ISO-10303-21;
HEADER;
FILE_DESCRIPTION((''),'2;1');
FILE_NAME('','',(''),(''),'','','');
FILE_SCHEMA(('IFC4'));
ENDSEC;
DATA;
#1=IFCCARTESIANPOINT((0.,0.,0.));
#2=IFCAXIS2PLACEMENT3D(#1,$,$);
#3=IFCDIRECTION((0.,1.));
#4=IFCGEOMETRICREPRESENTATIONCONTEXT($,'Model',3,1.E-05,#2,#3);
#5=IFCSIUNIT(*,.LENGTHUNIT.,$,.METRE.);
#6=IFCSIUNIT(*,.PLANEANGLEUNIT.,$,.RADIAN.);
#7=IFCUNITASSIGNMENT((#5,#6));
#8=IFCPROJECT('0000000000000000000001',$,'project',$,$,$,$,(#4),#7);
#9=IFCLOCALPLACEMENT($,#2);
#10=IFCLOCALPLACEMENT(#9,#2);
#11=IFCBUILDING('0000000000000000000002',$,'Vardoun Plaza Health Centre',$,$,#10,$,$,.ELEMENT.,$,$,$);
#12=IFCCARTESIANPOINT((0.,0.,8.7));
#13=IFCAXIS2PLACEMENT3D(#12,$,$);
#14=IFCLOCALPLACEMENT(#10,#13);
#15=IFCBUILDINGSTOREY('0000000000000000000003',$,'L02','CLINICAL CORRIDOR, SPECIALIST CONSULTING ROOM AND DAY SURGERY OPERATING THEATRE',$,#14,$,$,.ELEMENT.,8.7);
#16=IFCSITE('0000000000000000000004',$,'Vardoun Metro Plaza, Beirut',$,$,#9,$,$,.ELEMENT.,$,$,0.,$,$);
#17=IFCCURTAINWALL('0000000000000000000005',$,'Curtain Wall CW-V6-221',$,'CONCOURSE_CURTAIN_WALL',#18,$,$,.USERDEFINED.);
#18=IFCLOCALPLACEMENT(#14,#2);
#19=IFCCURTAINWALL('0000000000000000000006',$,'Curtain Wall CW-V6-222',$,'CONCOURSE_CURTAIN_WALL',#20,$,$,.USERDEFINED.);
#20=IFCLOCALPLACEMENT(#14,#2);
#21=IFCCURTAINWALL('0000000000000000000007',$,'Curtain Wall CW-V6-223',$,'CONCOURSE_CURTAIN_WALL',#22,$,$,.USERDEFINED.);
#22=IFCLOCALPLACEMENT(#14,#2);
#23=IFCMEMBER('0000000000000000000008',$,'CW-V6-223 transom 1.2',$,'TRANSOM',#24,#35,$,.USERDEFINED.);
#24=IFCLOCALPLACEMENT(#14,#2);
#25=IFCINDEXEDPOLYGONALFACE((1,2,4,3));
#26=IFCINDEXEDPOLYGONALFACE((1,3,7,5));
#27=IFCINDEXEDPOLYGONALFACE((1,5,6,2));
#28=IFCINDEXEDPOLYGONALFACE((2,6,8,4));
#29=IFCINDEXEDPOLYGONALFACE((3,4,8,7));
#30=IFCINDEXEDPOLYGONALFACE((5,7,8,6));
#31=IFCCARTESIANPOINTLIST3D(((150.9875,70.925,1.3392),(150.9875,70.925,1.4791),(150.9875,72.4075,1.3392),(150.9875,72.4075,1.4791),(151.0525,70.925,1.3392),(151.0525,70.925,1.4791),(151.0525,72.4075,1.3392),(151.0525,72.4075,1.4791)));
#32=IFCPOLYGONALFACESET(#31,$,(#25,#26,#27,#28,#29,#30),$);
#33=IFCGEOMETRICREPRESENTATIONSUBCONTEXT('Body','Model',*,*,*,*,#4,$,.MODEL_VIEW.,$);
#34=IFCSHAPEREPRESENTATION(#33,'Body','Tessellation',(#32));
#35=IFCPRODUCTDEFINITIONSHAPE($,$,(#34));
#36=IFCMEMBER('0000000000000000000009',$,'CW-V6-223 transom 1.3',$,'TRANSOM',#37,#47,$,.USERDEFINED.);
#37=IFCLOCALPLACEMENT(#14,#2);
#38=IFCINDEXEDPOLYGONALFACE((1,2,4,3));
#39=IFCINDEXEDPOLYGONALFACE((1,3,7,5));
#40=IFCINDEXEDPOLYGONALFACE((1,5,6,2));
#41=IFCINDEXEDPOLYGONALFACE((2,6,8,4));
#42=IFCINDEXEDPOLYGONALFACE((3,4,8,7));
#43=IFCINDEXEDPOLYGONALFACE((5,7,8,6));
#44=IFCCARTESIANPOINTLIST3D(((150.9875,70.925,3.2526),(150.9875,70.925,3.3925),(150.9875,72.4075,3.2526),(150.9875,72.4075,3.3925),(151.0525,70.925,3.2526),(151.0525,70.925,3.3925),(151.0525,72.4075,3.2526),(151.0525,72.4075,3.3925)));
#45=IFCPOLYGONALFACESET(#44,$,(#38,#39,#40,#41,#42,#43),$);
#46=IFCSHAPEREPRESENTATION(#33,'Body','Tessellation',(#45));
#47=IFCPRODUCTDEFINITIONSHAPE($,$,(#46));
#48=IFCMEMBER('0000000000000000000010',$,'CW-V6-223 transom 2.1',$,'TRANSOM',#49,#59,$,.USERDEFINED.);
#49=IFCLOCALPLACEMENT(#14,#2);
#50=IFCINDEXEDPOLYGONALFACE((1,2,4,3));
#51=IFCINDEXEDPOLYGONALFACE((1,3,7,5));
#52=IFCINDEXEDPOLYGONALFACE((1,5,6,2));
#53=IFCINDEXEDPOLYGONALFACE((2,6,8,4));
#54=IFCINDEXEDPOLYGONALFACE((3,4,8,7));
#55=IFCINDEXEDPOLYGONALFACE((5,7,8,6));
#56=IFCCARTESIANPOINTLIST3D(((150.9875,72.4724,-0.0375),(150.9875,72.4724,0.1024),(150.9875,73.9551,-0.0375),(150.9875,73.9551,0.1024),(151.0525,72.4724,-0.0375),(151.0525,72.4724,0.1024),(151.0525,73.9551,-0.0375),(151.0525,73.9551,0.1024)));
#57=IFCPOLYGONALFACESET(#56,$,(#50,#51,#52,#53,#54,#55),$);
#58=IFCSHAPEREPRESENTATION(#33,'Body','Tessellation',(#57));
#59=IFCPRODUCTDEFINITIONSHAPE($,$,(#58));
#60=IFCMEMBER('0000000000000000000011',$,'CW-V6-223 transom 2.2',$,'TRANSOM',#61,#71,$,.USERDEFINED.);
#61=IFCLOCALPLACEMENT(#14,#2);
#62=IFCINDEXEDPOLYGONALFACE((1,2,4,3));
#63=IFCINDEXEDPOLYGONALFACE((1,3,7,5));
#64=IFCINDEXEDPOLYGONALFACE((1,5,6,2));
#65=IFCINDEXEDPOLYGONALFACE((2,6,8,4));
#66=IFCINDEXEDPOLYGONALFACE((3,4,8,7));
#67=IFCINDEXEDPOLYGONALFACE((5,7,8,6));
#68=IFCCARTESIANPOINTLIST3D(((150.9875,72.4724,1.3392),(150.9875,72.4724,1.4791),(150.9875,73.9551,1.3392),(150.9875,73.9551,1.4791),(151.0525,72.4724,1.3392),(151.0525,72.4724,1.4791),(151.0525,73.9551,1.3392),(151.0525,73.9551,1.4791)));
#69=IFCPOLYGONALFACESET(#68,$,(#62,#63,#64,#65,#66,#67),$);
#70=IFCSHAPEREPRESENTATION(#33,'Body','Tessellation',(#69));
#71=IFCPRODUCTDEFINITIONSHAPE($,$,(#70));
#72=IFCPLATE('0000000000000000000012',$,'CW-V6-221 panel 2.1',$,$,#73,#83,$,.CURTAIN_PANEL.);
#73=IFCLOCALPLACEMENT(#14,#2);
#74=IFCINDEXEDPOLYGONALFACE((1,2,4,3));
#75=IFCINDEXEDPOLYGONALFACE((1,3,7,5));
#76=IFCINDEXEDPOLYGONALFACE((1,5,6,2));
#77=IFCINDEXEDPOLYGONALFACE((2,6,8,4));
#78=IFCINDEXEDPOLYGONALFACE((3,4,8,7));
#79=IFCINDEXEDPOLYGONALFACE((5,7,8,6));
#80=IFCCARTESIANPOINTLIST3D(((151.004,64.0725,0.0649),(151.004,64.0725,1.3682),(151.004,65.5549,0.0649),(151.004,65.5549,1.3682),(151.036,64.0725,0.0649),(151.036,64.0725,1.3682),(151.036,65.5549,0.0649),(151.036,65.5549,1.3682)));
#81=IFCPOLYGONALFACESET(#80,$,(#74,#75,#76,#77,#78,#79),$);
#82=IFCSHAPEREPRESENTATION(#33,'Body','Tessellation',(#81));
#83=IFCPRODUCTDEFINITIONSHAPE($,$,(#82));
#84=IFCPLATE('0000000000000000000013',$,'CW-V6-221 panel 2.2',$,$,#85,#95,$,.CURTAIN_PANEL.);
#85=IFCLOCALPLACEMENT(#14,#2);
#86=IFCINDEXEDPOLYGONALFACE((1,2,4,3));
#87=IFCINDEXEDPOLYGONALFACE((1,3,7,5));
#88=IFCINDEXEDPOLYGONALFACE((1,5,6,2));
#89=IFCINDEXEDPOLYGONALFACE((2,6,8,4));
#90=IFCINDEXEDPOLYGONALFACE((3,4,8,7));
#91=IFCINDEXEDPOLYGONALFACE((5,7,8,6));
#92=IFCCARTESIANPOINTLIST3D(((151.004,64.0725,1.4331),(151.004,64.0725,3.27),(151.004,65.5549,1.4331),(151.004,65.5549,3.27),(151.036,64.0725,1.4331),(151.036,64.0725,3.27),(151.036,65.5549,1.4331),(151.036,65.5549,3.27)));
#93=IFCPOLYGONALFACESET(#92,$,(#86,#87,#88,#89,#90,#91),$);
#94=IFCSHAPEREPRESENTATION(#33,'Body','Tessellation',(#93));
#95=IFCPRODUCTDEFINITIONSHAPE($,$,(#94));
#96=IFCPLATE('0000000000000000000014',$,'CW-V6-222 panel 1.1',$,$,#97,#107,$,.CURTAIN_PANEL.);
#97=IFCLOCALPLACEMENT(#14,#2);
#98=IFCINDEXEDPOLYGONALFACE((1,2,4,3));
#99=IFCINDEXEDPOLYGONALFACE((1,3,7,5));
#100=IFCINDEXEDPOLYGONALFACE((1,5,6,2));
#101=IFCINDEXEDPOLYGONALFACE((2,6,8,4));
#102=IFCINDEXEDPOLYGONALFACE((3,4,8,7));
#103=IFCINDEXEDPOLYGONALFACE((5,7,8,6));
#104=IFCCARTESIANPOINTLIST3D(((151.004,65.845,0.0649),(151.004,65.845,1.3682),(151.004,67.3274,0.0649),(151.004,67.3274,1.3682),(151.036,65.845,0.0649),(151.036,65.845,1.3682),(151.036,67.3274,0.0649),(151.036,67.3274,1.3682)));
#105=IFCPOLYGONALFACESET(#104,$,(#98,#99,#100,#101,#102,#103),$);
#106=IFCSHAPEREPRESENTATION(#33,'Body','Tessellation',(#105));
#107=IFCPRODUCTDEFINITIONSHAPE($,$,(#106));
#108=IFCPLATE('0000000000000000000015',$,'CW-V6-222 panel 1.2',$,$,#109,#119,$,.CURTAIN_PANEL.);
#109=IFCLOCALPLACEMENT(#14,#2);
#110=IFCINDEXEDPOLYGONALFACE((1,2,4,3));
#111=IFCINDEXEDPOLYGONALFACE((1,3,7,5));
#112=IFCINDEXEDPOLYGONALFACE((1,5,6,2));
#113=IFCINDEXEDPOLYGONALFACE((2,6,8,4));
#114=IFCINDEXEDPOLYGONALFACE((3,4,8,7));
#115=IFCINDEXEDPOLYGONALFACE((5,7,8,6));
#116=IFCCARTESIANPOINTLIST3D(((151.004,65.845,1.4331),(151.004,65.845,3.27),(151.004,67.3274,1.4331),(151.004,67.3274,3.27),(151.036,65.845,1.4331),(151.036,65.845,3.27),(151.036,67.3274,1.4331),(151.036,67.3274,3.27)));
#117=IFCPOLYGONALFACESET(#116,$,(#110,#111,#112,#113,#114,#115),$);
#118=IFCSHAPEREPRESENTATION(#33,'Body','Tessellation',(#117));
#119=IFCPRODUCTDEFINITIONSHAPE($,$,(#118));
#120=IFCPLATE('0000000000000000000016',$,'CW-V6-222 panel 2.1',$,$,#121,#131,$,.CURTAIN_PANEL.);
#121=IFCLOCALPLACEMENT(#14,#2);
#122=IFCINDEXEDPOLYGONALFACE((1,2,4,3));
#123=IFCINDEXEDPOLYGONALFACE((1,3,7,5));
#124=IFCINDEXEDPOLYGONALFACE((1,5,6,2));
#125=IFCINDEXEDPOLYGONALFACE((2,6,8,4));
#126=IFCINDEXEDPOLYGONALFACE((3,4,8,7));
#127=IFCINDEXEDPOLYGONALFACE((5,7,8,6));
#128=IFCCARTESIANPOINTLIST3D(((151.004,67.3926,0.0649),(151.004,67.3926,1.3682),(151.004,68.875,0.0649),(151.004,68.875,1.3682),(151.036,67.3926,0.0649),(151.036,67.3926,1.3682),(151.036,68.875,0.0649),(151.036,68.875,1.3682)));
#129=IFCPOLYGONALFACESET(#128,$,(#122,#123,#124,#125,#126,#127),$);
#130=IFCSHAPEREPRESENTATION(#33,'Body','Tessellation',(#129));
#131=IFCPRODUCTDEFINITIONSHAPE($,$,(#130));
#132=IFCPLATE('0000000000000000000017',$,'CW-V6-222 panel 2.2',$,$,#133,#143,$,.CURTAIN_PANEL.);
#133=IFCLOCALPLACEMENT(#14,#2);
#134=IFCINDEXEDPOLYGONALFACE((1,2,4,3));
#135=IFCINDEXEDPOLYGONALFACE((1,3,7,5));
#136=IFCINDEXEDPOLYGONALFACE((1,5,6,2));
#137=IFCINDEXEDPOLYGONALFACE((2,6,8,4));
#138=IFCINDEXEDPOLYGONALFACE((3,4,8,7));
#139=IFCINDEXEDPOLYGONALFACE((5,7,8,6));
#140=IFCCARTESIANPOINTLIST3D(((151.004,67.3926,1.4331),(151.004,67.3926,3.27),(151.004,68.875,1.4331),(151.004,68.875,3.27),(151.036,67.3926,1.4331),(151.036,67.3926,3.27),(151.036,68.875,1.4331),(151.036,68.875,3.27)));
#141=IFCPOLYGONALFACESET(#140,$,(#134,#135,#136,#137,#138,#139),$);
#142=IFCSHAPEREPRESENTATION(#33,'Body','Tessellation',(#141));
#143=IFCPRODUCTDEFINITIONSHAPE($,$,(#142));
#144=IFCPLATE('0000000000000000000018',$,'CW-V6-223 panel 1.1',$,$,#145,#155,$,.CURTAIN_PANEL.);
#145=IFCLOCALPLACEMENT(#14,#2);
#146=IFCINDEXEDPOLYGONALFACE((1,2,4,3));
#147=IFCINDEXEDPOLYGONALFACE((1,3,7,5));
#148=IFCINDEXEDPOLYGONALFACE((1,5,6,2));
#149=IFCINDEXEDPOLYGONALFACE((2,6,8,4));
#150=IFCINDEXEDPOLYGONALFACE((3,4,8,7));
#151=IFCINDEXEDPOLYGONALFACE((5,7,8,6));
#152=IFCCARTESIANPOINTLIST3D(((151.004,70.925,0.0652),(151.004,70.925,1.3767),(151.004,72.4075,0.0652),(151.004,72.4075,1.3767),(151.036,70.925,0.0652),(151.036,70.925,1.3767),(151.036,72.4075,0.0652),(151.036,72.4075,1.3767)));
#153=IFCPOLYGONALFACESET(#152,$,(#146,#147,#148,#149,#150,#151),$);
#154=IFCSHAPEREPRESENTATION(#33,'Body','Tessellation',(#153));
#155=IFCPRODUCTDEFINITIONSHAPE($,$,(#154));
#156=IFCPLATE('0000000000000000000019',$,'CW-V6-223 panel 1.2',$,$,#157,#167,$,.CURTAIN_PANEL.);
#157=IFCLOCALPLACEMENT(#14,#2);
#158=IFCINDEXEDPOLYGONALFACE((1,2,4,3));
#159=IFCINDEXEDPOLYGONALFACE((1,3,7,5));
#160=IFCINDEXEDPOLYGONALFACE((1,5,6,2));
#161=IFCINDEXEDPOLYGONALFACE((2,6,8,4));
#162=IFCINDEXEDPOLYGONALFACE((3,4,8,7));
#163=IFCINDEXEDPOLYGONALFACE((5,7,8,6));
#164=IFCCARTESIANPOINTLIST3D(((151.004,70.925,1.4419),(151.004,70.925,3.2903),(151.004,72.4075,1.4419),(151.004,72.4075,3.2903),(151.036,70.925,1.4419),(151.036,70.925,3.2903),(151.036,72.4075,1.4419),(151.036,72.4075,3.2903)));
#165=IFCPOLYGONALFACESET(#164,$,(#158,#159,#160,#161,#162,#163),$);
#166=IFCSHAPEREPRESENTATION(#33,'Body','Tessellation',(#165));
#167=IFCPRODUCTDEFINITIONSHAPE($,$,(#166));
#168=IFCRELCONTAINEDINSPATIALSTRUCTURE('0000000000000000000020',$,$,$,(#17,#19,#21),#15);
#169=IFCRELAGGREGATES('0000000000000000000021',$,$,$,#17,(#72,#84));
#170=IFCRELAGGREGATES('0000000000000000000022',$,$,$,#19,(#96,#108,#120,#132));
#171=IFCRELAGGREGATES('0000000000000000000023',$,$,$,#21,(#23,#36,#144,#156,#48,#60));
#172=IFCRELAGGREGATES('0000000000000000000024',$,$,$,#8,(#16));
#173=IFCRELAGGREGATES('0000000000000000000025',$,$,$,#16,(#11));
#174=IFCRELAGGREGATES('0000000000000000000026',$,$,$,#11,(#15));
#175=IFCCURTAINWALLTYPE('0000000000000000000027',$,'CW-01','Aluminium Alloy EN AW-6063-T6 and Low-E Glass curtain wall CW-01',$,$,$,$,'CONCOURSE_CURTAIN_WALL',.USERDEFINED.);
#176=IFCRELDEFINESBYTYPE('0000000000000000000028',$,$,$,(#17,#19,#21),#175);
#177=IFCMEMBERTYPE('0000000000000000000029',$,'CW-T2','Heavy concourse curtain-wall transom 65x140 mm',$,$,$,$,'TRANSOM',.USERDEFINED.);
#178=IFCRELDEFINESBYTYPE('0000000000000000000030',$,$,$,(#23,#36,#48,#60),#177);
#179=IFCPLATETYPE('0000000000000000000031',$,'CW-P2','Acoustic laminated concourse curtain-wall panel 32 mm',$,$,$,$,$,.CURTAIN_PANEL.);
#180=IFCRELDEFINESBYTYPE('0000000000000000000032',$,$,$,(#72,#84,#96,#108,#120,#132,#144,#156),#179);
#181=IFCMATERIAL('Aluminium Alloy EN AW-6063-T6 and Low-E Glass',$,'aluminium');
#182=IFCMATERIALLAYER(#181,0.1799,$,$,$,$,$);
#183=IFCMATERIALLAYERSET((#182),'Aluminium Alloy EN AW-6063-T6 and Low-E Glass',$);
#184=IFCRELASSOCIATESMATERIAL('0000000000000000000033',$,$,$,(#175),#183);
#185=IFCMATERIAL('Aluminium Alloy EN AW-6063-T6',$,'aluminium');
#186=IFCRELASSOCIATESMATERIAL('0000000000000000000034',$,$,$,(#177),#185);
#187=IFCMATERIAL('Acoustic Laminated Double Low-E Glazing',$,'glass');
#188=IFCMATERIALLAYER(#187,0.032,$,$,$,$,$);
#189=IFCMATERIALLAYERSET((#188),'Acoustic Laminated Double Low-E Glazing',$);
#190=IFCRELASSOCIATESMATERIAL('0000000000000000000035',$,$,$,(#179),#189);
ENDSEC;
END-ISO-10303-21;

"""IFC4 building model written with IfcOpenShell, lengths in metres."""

from ifc_helpers import new_model, si_unit, direction, frame, origin, origin_2d, place, context, subcontext, project, spatial, rectangle, extrude, material, layer, layer_set, material_profile, profile_set, type_object, element, aggregate, save


model = new_model("IFC4")

# Units and contexts
model_context = context("Model", 3, precision=1e-05, world=origin(), true_north=direction((0.0, 1.0)))
body_context = subcontext(model_context, "Body", "Model", "MODEL_VIEW")
ifc_project = project(units=[si_unit("LENGTHUNIT", "METRE"), si_unit("PLANEANGLEUNIT", "RADIAN")], contexts=[model_context])

# Site, building, storey
site_placement = place(None, origin())
site = spatial("IfcSite", under=ifc_project, at=site_placement, Name="Vardoun Metro Plaza, Beirut", CompositionType="ELEMENT", RefElevation=0.0)
building_placement = place(site_placement, origin())
building = spatial("IfcBuilding", under=site, at=building_placement, Name="Vardoun Plaza Health Centre", CompositionType="ELEMENT")
storey_placement = place(building_placement, frame((0.0, 0.0, 8.7)))
storey = spatial("IfcBuildingStorey", under=building, at=storey_placement, Name="L02", Description="CLINICAL CORRIDOR, SPECIALIST CONSULTING ROOM AND DAY SURGERY OPERATING THEATRE", CompositionType="ELEMENT", Elevation=8.7)

# Curtain wall
ifc_material_1 = material(Name="Aluminium Alloy EN AW-6063-T6 and Low-E Glass", Category="aluminium")
ifc_layer_1 = layer(ifc_material_1, 0.1799)
ifc_layer_set_1 = layer_set([ifc_layer_1], Name="Aluminium Alloy EN AW-6063-T6 and Low-E Glass")
curtain_wall_type = type_object("IfcCurtainWallType", Name="CW-01", Description="Aluminium Alloy EN AW-6063-T6 and Low-E Glass curtain wall CW-01", ElementType="CONCOURSE_CURTAIN_WALL", PredefinedType="USERDEFINED", material=ifc_layer_set_1)
curtain_wall_1_placement = place(storey_placement, origin())
curtain_wall_1 = element("IfcCurtainWall", 1, at=curtain_wall_1_placement, inside=storey, type_object=curtain_wall_type, Name="Curtain Wall CW-V6-221", ObjectType="CONCOURSE_CURTAIN_WALL", PredefinedType="USERDEFINED")

# Curtain walls
curtain_wall_2_placement = place(storey_placement, origin())
curtain_wall_2 = element("IfcCurtainWall", 2, at=curtain_wall_2_placement, inside=storey, type_object=curtain_wall_type, Name="Curtain Wall CW-V6-222", ObjectType="CONCOURSE_CURTAIN_WALL", PredefinedType="USERDEFINED")
curtain_wall_3_placement = place(storey_placement, origin())
curtain_wall_3 = element("IfcCurtainWall", 3, at=curtain_wall_3_placement, inside=storey, type_object=curtain_wall_type, Name="Curtain Wall CW-V6-223", ObjectType="CONCOURSE_CURTAIN_WALL", PredefinedType="USERDEFINED")

# Members
ifc_material_2 = material(Name="Aluminium Alloy EN AW-6063-T6", Category="aluminium")
ifc_material_profile_1 = material_profile(ifc_material_2, rectangle(XDim=0.0649, YDim=0.1399, at=origin_2d()), Name="CWT 65x140")
ifc_profile_set_1 = profile_set([ifc_material_profile_1], Name="Aluminium Alloy EN AW-6063-T6")
member_type_1 = type_object("IfcMemberType", Name="CW-T2", Description="Heavy concourse curtain-wall transom 65x140 mm", ElementType="TRANSOM", PredefinedType="USERDEFINED", material=ifc_profile_set_1)
member_1_placement = place(storey_placement, frame((151.02, 70.925, 1.4092), z_axis=(0.0, 1.0, 0.0), x_axis=(-1.0, 0.0, 0.0)))
member_1 = element("IfcMember", 4, at=member_1_placement, type_object=member_type_1, Name="CW-V6-223 transom 1.2", ObjectType="TRANSOM", PredefinedType="USERDEFINED", context=body_context, shape_type="SweptSolid", body=[
    extrude(rectangle(XDim=0.0649, YDim=0.1399, at=origin_2d()), origin(), (0.0, 0.0, 1.0), 1.4824),
])
member_2_placement = place(storey_placement, frame((151.02, 70.925, 3.3225), z_axis=(0.0, 1.0, 0.0), x_axis=(-1.0, 0.0, 0.0)))
member_2 = element("IfcMember", 5, at=member_2_placement, type_object=member_type_1, Name="CW-V6-223 transom 1.3", ObjectType="TRANSOM", PredefinedType="USERDEFINED", context=body_context, shape_type="SweptSolid", body=[
    extrude(rectangle(XDim=0.0649, YDim=0.1399, at=origin_2d()), origin(), (0.0, 0.0, 1.0), 1.4824),
])
member_3_placement = place(storey_placement, frame((151.02, 72.4724, 0.0325), z_axis=(0.0, 1.0, 0.0), x_axis=(-1.0, 0.0, 0.0)))
member_3 = element("IfcMember", 6, at=member_3_placement, type_object=member_type_1, Name="CW-V6-223 transom 2.1", ObjectType="TRANSOM", PredefinedType="USERDEFINED", context=body_context, shape_type="SweptSolid", body=[
    extrude(rectangle(XDim=0.0649, YDim=0.1399, at=origin_2d()), origin(), (0.0, 0.0, 1.0), 1.4827),
])
member_4_placement = place(storey_placement, frame((151.02, 72.4724, 1.4092), z_axis=(0.0, 1.0, 0.0), x_axis=(-1.0, 0.0, 0.0)))
member_4 = element("IfcMember", 7, at=member_4_placement, type_object=member_type_1, Name="CW-V6-223 transom 2.2", ObjectType="TRANSOM", PredefinedType="USERDEFINED", context=body_context, shape_type="SweptSolid", body=[
    extrude(rectangle(XDim=0.0649, YDim=0.1399, at=origin_2d()), origin(), (0.0, 0.0, 1.0), 1.4827),
])

# Plates
ifc_material_3 = material(Name="Acoustic Laminated Double Low-E Glazing", Category="glass")
ifc_layer_2 = layer(ifc_material_3, 0.032)
ifc_layer_set_2 = layer_set([ifc_layer_2], Name="Acoustic Laminated Double Low-E Glazing")
plate_type = type_object("IfcPlateType", Name="CW-P2", Description="Acoustic laminated concourse curtain-wall panel 32 mm", PredefinedType="CURTAIN_PANEL", material=ifc_layer_set_2)
plate_1_placement = place(storey_placement, frame((151.02, 64.8137, 0.0649), z_axis=(0.0, 0.0, 1.0), x_axis=(0.0, 1.0, 0.0)))
plate_1 = element("IfcPlate", 8, at=plate_1_placement, type_object=plate_type, Name="CW-V6-221 panel 2.1", PredefinedType="CURTAIN_PANEL", context=body_context, shape_type="SweptSolid", body=[
    extrude(rectangle(XDim=1.4824, YDim=0.032, at=origin_2d()), origin(), (0.0, 0.0, 1.0), 1.3032),
])
plate_2_placement = place(storey_placement, frame((151.02, 64.8137, 1.4331), z_axis=(0.0, 0.0, 1.0), x_axis=(0.0, 1.0, 0.0)))
plate_2 = element("IfcPlate", 9, at=plate_2_placement, type_object=plate_type, Name="CW-V6-221 panel 2.2", PredefinedType="CURTAIN_PANEL", context=body_context, shape_type="SweptSolid", body=[
    extrude(rectangle(XDim=1.4824, YDim=0.032, at=origin_2d()), origin(), (0.0, 0.0, 1.0), 1.8369),
])
aggregate(curtain_wall_1, [plate_1, plate_2])
plate_3_placement = place(storey_placement, frame((151.02, 66.5862, 0.0649), z_axis=(0.0, 0.0, 1.0), x_axis=(0.0, 1.0, 0.0)))
plate_3 = element("IfcPlate", 10, at=plate_3_placement, type_object=plate_type, Name="CW-V6-222 panel 1.1", PredefinedType="CURTAIN_PANEL", context=body_context, shape_type="SweptSolid", body=[
    extrude(rectangle(XDim=1.4824, YDim=0.032, at=origin_2d()), origin(), (0.0, 0.0, 1.0), 1.3032),
])
plate_4_placement = place(storey_placement, frame((151.02, 66.5862, 1.4331), z_axis=(0.0, 0.0, 1.0), x_axis=(0.0, 1.0, 0.0)))
plate_4 = element("IfcPlate", 11, at=plate_4_placement, type_object=plate_type, Name="CW-V6-222 panel 1.2", PredefinedType="CURTAIN_PANEL", context=body_context, shape_type="SweptSolid", body=[
    extrude(rectangle(XDim=1.4824, YDim=0.032, at=origin_2d()), origin(), (0.0, 0.0, 1.0), 1.8369),
])
plate_5_placement = place(storey_placement, frame((151.02, 68.1338, 0.0649), z_axis=(0.0, 0.0, 1.0), x_axis=(0.0, 1.0, 0.0)))
plate_5 = element("IfcPlate", 12, at=plate_5_placement, type_object=plate_type, Name="CW-V6-222 panel 2.1", PredefinedType="CURTAIN_PANEL", context=body_context, shape_type="SweptSolid", body=[
    extrude(rectangle(XDim=1.4824, YDim=0.032, at=origin_2d()), origin(), (0.0, 0.0, 1.0), 1.3032),
])
plate_6_placement = place(storey_placement, frame((151.02, 68.1338, 1.4331), z_axis=(0.0, 0.0, 1.0), x_axis=(0.0, 1.0, 0.0)))
plate_6 = element("IfcPlate", 13, at=plate_6_placement, type_object=plate_type, Name="CW-V6-222 panel 2.2", PredefinedType="CURTAIN_PANEL", context=body_context, shape_type="SweptSolid", body=[
    extrude(rectangle(XDim=1.4824, YDim=0.032, at=origin_2d()), origin(), (0.0, 0.0, 1.0), 1.8369),
])
aggregate(curtain_wall_2, [plate_3, plate_4, plate_5, plate_6])
plate_7_placement = place(storey_placement, frame((151.02, 71.6663, 0.0652), z_axis=(0.0, 0.0, 1.0), x_axis=(0.0, 1.0, 0.0)))
plate_7 = element("IfcPlate", 14, at=plate_7_placement, type_object=plate_type, Name="CW-V6-223 panel 1.1", PredefinedType="CURTAIN_PANEL", context=body_context, shape_type="SweptSolid", body=[
    extrude(rectangle(XDim=1.4824, YDim=0.032, at=origin_2d()), origin(), (0.0, 0.0, 1.0), 1.3115),
])
plate_8_placement = place(storey_placement, frame((151.02, 71.6663, 1.4419), z_axis=(0.0, 0.0, 1.0), x_axis=(0.0, 1.0, 0.0)))
plate_8 = element("IfcPlate", 15, at=plate_8_placement, type_object=plate_type, Name="CW-V6-223 panel 1.2", PredefinedType="CURTAIN_PANEL", context=body_context, shape_type="SweptSolid", body=[
    extrude(rectangle(XDim=1.4824, YDim=0.032, at=origin_2d()), origin(), (0.0, 0.0, 1.0), 1.8484),
])
aggregate(curtain_wall_3, [member_1, member_2, plate_7, plate_8, member_3, member_4])

save(model, "model.ifc")
